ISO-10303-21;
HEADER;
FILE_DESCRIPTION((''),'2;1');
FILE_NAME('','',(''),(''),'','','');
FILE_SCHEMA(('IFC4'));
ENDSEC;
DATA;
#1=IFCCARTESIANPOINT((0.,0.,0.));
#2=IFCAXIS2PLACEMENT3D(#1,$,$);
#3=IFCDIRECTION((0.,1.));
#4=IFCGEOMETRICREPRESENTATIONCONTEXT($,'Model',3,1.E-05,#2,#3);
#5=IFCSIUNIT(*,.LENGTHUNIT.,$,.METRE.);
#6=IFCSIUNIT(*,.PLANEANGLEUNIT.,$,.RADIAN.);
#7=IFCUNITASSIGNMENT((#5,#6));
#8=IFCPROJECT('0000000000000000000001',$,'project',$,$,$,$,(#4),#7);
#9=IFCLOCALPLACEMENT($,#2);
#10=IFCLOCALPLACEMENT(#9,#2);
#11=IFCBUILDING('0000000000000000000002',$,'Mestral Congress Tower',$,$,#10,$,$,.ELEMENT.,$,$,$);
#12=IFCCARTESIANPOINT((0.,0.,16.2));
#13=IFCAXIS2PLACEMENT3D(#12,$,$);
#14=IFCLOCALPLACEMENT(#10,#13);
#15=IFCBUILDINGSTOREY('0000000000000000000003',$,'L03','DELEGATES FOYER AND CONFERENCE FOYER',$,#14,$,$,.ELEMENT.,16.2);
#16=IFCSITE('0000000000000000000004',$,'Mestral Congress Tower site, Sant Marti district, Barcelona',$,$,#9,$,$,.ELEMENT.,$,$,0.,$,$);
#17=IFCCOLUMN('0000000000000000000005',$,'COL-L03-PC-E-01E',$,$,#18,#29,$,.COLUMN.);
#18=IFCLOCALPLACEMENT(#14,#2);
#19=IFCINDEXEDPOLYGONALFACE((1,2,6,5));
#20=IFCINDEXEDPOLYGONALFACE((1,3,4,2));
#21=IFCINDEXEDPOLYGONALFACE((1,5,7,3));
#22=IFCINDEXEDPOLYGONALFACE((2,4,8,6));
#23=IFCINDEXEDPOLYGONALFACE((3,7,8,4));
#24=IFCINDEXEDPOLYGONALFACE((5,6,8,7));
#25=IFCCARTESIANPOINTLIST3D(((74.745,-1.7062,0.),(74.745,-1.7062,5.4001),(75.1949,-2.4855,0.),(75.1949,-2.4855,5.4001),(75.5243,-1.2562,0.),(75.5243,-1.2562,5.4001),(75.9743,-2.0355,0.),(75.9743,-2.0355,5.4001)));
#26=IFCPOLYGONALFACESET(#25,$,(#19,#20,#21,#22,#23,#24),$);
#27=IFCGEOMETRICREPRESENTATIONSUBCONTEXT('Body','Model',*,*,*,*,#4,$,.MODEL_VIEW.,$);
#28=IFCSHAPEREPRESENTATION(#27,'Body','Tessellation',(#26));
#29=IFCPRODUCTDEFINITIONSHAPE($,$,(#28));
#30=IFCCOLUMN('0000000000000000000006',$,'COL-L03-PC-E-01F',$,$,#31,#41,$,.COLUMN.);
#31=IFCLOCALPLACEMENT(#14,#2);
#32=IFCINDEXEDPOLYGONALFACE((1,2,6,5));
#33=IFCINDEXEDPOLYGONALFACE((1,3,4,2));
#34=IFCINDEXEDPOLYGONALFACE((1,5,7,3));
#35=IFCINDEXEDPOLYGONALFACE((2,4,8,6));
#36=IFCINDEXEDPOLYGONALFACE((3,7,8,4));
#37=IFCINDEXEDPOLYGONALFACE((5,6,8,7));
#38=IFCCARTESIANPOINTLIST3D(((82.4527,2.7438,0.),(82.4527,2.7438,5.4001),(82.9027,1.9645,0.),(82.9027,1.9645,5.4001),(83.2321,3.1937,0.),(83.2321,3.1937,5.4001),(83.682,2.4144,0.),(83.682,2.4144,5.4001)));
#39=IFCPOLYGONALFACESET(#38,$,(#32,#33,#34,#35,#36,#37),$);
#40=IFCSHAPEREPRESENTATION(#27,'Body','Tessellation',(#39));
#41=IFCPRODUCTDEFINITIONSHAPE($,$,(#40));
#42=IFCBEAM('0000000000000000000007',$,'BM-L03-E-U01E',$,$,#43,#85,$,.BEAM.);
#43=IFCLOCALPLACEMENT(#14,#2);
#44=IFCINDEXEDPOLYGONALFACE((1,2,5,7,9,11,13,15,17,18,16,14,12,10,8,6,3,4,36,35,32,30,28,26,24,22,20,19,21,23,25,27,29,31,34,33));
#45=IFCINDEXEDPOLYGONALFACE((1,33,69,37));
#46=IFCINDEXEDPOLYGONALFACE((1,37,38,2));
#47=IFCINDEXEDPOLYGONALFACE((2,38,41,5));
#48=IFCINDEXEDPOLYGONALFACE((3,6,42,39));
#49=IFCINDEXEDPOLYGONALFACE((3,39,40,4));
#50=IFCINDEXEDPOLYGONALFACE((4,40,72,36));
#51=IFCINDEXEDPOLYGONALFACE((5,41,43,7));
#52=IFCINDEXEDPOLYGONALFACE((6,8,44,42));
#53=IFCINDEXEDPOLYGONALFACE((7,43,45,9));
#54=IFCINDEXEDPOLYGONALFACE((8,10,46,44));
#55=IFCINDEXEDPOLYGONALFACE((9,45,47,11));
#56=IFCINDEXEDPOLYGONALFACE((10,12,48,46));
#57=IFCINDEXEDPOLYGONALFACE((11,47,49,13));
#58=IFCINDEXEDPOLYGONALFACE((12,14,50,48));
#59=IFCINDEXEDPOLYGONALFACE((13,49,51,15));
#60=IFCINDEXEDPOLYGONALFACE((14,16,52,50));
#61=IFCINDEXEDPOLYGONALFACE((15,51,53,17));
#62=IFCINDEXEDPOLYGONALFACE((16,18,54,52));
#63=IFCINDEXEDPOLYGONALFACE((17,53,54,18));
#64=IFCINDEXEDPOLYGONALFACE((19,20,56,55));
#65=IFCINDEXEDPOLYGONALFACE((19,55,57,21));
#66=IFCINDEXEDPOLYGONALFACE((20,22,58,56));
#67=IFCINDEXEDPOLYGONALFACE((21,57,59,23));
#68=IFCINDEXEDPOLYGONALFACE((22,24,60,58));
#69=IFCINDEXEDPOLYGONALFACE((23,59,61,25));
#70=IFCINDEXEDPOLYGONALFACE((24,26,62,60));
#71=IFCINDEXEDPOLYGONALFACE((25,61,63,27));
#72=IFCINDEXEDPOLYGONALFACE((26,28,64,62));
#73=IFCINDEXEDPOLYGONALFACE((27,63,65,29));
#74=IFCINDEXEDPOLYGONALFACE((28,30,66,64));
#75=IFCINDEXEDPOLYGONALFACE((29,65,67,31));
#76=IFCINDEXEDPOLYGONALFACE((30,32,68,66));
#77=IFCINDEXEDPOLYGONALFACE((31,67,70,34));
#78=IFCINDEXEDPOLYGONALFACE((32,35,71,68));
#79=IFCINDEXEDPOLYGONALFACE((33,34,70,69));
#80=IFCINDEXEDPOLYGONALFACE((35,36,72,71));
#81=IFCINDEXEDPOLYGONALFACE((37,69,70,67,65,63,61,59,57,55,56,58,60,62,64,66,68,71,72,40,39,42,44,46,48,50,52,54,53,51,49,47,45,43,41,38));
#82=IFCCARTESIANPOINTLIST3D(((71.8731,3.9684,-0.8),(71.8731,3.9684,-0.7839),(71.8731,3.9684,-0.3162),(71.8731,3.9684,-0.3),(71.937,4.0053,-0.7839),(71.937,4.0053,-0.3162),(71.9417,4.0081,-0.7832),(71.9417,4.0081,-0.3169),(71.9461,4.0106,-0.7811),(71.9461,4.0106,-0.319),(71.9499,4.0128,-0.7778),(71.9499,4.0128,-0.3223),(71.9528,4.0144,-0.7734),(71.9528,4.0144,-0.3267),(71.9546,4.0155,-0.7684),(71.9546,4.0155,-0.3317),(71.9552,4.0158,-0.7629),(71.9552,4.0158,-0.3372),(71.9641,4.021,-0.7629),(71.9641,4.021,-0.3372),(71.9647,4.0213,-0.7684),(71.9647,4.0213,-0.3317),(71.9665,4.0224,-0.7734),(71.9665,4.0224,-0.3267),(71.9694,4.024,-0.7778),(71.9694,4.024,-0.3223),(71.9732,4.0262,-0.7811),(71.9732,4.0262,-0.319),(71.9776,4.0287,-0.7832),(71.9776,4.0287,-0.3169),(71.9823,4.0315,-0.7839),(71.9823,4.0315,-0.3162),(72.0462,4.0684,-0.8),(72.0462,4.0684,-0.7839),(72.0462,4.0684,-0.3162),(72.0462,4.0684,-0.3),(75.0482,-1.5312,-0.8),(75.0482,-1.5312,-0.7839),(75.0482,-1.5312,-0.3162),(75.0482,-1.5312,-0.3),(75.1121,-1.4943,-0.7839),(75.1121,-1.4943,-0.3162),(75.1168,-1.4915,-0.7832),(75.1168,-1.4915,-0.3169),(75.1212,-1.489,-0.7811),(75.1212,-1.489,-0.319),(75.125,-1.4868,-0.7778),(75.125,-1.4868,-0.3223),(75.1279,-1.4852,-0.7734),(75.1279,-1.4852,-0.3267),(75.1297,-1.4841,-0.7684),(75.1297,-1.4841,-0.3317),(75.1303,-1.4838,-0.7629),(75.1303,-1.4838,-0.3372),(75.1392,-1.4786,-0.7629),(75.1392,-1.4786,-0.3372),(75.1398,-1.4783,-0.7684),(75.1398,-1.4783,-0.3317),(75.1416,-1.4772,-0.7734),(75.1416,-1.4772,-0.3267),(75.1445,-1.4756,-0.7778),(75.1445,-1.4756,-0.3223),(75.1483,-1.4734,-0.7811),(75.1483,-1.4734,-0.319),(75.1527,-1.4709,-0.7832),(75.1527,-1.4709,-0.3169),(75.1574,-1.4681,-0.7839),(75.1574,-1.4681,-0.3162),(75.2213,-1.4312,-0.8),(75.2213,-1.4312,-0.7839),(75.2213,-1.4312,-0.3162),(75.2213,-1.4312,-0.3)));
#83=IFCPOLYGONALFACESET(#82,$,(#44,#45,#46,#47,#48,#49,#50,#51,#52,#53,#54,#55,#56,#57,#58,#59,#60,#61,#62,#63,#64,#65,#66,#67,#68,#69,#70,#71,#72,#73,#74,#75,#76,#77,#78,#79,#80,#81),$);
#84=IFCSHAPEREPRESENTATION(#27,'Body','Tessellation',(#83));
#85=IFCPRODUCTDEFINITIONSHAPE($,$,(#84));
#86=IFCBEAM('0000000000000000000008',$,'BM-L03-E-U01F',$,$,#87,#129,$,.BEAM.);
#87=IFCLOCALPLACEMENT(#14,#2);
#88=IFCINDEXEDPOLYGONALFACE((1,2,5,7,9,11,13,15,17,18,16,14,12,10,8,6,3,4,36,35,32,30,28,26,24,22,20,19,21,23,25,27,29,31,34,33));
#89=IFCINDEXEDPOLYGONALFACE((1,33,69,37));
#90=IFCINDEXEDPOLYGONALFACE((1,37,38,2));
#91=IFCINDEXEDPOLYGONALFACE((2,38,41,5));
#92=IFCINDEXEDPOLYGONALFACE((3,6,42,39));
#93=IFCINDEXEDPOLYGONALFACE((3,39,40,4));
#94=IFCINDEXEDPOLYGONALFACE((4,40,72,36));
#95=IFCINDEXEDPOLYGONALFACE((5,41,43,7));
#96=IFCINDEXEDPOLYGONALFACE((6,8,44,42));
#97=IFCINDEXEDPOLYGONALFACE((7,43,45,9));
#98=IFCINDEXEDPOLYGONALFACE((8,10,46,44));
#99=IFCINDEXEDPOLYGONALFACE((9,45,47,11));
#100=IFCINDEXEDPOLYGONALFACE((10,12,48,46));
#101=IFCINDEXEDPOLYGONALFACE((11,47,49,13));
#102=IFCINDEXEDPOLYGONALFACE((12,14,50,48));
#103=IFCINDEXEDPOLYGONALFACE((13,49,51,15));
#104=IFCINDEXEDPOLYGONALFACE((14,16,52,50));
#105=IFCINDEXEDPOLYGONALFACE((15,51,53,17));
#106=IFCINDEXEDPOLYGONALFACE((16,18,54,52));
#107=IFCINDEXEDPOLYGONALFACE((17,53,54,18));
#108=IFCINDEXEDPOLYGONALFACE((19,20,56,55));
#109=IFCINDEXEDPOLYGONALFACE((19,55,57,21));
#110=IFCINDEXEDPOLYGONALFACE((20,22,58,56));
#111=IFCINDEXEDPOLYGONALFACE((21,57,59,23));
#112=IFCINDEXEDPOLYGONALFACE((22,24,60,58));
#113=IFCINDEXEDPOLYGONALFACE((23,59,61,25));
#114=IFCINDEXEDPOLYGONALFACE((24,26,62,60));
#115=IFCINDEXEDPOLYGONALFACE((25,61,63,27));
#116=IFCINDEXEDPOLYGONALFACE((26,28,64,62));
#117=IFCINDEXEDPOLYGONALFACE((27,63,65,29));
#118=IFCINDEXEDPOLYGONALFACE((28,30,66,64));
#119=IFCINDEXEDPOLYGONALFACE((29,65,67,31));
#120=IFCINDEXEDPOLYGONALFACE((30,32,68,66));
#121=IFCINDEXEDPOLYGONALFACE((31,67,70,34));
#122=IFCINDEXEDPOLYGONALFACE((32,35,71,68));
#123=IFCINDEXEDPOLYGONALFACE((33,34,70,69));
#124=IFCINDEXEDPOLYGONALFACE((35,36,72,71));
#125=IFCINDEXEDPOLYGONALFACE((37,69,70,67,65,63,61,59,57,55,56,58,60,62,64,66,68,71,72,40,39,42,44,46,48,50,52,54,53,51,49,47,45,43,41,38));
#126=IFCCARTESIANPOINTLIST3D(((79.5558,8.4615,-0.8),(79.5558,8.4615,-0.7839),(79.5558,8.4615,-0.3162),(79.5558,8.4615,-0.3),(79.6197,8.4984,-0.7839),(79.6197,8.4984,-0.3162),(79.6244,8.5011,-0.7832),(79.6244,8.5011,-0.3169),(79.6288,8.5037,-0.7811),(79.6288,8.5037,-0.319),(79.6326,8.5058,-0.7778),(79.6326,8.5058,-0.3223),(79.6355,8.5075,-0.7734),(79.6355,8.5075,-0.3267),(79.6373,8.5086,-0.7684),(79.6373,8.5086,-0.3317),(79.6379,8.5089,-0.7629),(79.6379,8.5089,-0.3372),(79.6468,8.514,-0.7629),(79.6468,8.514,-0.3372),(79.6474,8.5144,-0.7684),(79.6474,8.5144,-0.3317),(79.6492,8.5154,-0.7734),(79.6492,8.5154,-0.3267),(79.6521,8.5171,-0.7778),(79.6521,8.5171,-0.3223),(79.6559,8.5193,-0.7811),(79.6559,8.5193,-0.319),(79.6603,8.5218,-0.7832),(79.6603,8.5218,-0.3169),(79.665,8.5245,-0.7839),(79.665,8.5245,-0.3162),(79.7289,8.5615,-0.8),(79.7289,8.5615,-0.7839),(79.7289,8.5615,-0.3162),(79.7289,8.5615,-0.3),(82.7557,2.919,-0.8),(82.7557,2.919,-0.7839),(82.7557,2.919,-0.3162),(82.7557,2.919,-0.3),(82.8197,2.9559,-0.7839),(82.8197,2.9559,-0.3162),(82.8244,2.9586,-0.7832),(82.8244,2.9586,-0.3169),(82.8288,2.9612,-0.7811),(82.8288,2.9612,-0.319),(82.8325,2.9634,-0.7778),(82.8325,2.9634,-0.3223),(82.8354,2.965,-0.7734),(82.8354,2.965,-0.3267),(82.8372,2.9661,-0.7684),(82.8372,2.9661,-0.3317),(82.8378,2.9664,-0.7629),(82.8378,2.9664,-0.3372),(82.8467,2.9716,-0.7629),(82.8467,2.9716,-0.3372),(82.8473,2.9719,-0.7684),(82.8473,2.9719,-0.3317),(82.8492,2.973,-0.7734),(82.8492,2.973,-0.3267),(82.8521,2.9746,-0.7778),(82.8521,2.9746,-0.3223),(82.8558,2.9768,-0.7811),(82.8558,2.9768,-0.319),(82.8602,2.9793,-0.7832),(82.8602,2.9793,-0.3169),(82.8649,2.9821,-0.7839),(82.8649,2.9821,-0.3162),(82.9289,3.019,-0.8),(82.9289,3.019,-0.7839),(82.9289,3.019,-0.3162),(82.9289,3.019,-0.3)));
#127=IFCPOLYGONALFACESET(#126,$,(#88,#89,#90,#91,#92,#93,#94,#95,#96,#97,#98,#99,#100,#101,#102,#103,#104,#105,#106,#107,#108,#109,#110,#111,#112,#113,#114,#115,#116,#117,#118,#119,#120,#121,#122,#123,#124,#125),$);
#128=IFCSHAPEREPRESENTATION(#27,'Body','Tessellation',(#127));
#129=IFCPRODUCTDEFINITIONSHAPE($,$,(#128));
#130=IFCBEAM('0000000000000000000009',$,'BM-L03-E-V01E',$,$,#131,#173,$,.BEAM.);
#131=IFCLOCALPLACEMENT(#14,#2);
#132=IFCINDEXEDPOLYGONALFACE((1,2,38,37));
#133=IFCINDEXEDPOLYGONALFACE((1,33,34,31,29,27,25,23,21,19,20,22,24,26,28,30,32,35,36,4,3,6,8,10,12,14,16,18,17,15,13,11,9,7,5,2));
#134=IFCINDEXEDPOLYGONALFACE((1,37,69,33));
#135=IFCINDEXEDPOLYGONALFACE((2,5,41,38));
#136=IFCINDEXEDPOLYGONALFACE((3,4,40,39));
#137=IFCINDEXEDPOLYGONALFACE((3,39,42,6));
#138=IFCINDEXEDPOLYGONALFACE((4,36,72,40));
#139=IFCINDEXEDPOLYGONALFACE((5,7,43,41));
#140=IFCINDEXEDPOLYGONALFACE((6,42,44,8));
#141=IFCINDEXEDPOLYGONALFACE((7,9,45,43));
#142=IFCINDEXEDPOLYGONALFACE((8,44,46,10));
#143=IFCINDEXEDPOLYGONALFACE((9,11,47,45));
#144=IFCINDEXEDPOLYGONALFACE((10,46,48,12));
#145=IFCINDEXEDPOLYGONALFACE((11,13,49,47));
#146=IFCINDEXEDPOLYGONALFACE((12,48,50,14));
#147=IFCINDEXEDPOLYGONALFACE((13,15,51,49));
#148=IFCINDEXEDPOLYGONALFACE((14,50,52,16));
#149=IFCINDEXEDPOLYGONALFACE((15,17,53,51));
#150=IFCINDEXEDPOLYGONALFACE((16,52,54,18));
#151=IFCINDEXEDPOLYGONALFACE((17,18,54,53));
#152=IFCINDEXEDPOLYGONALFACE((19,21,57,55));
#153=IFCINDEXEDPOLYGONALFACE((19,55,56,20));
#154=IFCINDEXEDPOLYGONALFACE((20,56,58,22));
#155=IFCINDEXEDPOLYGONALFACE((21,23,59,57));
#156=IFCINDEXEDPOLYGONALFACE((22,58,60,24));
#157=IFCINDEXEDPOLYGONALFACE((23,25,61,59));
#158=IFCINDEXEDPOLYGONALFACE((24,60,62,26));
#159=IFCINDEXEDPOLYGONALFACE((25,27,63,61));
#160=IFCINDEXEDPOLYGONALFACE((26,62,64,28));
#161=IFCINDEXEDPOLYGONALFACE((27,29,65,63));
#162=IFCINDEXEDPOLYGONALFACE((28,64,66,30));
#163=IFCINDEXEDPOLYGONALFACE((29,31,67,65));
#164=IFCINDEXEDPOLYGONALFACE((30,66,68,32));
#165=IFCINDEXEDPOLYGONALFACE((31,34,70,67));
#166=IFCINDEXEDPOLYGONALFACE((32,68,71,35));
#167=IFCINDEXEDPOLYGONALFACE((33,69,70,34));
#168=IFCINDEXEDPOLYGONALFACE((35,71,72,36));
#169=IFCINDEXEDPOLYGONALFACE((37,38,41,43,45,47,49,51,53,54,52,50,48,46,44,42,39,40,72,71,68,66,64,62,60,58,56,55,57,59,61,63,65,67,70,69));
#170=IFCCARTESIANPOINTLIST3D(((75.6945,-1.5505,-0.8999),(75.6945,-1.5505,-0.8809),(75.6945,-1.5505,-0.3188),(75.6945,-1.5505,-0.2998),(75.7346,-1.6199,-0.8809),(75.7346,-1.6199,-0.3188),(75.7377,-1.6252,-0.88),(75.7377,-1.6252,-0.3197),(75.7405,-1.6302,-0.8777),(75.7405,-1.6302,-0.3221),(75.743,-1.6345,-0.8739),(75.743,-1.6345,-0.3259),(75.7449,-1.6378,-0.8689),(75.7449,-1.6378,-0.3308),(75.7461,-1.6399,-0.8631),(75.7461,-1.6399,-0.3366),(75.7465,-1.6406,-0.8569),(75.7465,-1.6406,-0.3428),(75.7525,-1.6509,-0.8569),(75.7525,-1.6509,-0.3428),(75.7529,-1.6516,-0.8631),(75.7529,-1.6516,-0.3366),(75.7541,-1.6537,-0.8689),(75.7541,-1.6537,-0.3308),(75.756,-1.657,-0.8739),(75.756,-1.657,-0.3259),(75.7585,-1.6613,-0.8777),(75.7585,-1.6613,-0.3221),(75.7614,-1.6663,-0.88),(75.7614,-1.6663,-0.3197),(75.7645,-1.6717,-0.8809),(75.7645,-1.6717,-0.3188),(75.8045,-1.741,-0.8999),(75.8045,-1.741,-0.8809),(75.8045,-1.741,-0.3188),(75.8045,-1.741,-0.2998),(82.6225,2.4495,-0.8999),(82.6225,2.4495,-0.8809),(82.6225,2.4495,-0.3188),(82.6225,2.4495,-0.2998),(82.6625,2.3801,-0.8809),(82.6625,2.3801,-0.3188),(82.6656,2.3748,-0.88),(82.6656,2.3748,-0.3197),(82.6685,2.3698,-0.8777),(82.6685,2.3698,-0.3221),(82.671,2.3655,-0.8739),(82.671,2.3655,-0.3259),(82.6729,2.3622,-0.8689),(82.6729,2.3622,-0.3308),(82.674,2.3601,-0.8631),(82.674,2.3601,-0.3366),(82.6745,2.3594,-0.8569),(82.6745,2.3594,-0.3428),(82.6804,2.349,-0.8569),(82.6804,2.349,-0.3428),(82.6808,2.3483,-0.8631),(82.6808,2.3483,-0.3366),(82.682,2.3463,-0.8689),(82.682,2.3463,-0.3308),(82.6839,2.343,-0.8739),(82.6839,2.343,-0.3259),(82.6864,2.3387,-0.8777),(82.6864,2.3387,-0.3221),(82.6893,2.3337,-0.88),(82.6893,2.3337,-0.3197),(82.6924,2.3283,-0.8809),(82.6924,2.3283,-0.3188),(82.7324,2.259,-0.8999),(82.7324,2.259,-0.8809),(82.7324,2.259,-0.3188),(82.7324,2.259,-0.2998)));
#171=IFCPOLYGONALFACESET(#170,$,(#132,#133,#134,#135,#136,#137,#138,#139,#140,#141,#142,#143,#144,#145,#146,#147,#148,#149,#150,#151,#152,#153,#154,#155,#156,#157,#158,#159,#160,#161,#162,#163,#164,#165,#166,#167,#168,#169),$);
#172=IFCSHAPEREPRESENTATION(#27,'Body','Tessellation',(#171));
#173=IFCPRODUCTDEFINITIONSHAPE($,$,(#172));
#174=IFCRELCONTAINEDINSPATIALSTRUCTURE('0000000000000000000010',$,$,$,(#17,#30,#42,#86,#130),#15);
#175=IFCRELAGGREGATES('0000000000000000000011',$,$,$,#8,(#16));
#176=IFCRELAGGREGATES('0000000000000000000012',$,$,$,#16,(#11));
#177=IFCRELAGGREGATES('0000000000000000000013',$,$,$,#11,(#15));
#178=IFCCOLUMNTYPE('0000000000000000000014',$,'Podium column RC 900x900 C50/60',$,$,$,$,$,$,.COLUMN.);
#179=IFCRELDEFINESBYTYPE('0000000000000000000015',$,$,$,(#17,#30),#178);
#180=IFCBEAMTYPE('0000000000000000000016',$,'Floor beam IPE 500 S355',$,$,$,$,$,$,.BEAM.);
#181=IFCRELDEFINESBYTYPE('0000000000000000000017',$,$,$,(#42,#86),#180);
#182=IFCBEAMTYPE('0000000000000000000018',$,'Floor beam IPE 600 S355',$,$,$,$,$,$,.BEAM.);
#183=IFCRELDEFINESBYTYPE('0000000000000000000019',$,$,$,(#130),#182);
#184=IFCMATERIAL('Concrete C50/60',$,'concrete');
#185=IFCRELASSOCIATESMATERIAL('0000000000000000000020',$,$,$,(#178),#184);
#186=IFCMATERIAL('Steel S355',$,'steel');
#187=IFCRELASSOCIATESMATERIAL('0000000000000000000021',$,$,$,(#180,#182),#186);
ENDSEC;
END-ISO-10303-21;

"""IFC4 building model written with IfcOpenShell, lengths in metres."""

from ifc_helpers import new_model, si_unit, direction, frame, origin, origin_2d, place, context, subcontext, project, spatial, rectangle, i_section, extrude, material, material_profile, profile_set, type_object, element, save


model = new_model("IFC4")

# Units and contexts
model_context = context("Model", 3, precision=1e-05, world=origin(), true_north=direction((0.0, 1.0)))
body_context = subcontext(model_context, "Body", "Model", "MODEL_VIEW")
ifc_project = project(units=[si_unit("LENGTHUNIT", "METRE"), si_unit("PLANEANGLEUNIT", "RADIAN")], contexts=[model_context])

# Site, building, storey
site_placement = place(None, origin())
site = spatial("IfcSite", under=ifc_project, at=site_placement, Name="Mestral Congress Tower site, Sant Marti district, Barcelona", CompositionType="ELEMENT", RefElevation=0.0)
building_placement = place(site_placement, origin())
building = spatial("IfcBuilding", under=site, at=building_placement, Name="Mestral Congress Tower", CompositionType="ELEMENT")
storey_placement = place(building_placement, frame((0.0, 0.0, 16.2)))
storey = spatial("IfcBuildingStorey", under=building, at=storey_placement, Name="L03", Description="DELEGATES FOYER AND CONFERENCE FOYER", CompositionType="ELEMENT", Elevation=16.2)

# Columns
ifc_material_1 = material(Name="Concrete C50/60", Category="concrete")
ifc_material_profile_1 = material_profile(ifc_material_1, rectangle(XDim=0.8999, YDim=0.8999, at=origin_2d()), Name="RC 900x900")
ifc_profile_set_1 = profile_set([ifc_material_profile_1], Name="Concrete C50/60")
column_type = type_object("IfcColumnType", Name="Podium column RC 900x900 C50/60", PredefinedType="COLUMN", material=ifc_profile_set_1)
for number, where, z_axis, x_axis, name in (
    (1, (75.3596, -1.8708, 0.0), (0.0, 0.0, 1.0), (-0.5, 0.866025, 0.0), "COL-L03-PC-E-01E"),
    (2, (83.0674, 2.5791, 0.0), (0.0, 0.0, 1.0), (-0.5, 0.866025, 0.0), "COL-L03-PC-E-01F"),
):
    element("IfcColumn", number, at=place(storey_placement, frame(where, z_axis=z_axis, x_axis=x_axis)), inside=storey, type_object=column_type, Name=name, PredefinedType="COLUMN", context=body_context, shape_type="SweptSolid", body=[
        extrude(rectangle(XDim=0.8999, YDim=0.8999, at=origin_2d()), origin(), (0.0, 0.0, 1.0), 5.4001),
    ])

# Beams
ifc_material_2 = material(Name="Steel S355", Category="steel")
ifc_material_profile_2 = material_profile(ifc_material_2, i_section(OverallWidth=0.2, OverallDepth=0.5, WebThickness=0.0103, FlangeThickness=0.0161, FilletRadius=0.021, at=origin_2d()), Name="IPE 500")
ifc_profile_set_2 = profile_set([ifc_material_profile_2], Name="Steel S355")
beam_type_1 = type_object("IfcBeamType", Name="Floor beam IPE 500 S355", PredefinedType="BEAM", material=ifc_profile_set_2)
beam_1_placement = place(storey_placement, frame((75.1348, -1.4812, -0.55), z_axis=(-0.499989, 0.866032, 0.0), x_axis=(-0.866032, -0.499989, 0.0)))
element("IfcBeam", 3, at=beam_1_placement, inside=storey, type_object=beam_type_1, Name="BM-L03-E-U01E", PredefinedType="BEAM", context=body_context, shape_type="SweptSolid", body=[
    extrude(i_section(OverallWidth=0.2, OverallDepth=0.5, WebThickness=0.0103, FlangeThickness=0.0161, FilletRadius=0.021, at=origin_2d()), origin(), (0.0, 0.0, 1.0), 6.3503),
])
beam_2_placement = place(storey_placement, frame((82.8423, 2.969, -0.55), z_axis=(-0.5, 0.866025, 0.0), x_axis=(-0.866025, -0.5, 0.0)))
element("IfcBeam", 4, at=beam_2_placement, inside=storey, type_object=beam_type_1, Name="BM-L03-E-U01F", PredefinedType="BEAM", context=body_context, shape_type="SweptSolid", body=[
    extrude(i_section(OverallWidth=0.2, OverallDepth=0.5, WebThickness=0.0103, FlangeThickness=0.0161, FilletRadius=0.021, at=origin_2d()), origin(), (0.0, 0.0, 1.0), 6.3999),
])
ifc_material_profile_3 = material_profile(ifc_material_2, i_section(OverallWidth=0.22, OverallDepth=0.6001, WebThickness=0.012, FlangeThickness=0.019, FilletRadius=0.0239, at=origin_2d()), Name="IPE 600")
ifc_profile_set_3 = profile_set([ifc_material_profile_3], Name="Steel S355")
beam_type_2 = type_object("IfcBeamType", Name="Floor beam IPE 600 S355", PredefinedType="BEAM", material=ifc_profile_set_3)
beam_3_placement = place(storey_placement, frame((75.7495, -1.6458, -0.5999), z_axis=(0.866018, 0.500012, 0.0), x_axis=(-0.500012, 0.866018, 0.0)))
element("IfcBeam", 5, at=beam_3_placement, inside=storey, type_object=beam_type_2, Name="BM-L03-E-V01E", PredefinedType="BEAM", context=body_context, shape_type="SweptSolid", body=[
    extrude(i_section(OverallWidth=0.22, OverallDepth=0.6001, WebThickness=0.012, FlangeThickness=0.019, FilletRadius=0.0239, at=origin_2d()), origin(), (0.0, 0.0, 1.0), 7.9998),
])

save(model, "model.ifc")
